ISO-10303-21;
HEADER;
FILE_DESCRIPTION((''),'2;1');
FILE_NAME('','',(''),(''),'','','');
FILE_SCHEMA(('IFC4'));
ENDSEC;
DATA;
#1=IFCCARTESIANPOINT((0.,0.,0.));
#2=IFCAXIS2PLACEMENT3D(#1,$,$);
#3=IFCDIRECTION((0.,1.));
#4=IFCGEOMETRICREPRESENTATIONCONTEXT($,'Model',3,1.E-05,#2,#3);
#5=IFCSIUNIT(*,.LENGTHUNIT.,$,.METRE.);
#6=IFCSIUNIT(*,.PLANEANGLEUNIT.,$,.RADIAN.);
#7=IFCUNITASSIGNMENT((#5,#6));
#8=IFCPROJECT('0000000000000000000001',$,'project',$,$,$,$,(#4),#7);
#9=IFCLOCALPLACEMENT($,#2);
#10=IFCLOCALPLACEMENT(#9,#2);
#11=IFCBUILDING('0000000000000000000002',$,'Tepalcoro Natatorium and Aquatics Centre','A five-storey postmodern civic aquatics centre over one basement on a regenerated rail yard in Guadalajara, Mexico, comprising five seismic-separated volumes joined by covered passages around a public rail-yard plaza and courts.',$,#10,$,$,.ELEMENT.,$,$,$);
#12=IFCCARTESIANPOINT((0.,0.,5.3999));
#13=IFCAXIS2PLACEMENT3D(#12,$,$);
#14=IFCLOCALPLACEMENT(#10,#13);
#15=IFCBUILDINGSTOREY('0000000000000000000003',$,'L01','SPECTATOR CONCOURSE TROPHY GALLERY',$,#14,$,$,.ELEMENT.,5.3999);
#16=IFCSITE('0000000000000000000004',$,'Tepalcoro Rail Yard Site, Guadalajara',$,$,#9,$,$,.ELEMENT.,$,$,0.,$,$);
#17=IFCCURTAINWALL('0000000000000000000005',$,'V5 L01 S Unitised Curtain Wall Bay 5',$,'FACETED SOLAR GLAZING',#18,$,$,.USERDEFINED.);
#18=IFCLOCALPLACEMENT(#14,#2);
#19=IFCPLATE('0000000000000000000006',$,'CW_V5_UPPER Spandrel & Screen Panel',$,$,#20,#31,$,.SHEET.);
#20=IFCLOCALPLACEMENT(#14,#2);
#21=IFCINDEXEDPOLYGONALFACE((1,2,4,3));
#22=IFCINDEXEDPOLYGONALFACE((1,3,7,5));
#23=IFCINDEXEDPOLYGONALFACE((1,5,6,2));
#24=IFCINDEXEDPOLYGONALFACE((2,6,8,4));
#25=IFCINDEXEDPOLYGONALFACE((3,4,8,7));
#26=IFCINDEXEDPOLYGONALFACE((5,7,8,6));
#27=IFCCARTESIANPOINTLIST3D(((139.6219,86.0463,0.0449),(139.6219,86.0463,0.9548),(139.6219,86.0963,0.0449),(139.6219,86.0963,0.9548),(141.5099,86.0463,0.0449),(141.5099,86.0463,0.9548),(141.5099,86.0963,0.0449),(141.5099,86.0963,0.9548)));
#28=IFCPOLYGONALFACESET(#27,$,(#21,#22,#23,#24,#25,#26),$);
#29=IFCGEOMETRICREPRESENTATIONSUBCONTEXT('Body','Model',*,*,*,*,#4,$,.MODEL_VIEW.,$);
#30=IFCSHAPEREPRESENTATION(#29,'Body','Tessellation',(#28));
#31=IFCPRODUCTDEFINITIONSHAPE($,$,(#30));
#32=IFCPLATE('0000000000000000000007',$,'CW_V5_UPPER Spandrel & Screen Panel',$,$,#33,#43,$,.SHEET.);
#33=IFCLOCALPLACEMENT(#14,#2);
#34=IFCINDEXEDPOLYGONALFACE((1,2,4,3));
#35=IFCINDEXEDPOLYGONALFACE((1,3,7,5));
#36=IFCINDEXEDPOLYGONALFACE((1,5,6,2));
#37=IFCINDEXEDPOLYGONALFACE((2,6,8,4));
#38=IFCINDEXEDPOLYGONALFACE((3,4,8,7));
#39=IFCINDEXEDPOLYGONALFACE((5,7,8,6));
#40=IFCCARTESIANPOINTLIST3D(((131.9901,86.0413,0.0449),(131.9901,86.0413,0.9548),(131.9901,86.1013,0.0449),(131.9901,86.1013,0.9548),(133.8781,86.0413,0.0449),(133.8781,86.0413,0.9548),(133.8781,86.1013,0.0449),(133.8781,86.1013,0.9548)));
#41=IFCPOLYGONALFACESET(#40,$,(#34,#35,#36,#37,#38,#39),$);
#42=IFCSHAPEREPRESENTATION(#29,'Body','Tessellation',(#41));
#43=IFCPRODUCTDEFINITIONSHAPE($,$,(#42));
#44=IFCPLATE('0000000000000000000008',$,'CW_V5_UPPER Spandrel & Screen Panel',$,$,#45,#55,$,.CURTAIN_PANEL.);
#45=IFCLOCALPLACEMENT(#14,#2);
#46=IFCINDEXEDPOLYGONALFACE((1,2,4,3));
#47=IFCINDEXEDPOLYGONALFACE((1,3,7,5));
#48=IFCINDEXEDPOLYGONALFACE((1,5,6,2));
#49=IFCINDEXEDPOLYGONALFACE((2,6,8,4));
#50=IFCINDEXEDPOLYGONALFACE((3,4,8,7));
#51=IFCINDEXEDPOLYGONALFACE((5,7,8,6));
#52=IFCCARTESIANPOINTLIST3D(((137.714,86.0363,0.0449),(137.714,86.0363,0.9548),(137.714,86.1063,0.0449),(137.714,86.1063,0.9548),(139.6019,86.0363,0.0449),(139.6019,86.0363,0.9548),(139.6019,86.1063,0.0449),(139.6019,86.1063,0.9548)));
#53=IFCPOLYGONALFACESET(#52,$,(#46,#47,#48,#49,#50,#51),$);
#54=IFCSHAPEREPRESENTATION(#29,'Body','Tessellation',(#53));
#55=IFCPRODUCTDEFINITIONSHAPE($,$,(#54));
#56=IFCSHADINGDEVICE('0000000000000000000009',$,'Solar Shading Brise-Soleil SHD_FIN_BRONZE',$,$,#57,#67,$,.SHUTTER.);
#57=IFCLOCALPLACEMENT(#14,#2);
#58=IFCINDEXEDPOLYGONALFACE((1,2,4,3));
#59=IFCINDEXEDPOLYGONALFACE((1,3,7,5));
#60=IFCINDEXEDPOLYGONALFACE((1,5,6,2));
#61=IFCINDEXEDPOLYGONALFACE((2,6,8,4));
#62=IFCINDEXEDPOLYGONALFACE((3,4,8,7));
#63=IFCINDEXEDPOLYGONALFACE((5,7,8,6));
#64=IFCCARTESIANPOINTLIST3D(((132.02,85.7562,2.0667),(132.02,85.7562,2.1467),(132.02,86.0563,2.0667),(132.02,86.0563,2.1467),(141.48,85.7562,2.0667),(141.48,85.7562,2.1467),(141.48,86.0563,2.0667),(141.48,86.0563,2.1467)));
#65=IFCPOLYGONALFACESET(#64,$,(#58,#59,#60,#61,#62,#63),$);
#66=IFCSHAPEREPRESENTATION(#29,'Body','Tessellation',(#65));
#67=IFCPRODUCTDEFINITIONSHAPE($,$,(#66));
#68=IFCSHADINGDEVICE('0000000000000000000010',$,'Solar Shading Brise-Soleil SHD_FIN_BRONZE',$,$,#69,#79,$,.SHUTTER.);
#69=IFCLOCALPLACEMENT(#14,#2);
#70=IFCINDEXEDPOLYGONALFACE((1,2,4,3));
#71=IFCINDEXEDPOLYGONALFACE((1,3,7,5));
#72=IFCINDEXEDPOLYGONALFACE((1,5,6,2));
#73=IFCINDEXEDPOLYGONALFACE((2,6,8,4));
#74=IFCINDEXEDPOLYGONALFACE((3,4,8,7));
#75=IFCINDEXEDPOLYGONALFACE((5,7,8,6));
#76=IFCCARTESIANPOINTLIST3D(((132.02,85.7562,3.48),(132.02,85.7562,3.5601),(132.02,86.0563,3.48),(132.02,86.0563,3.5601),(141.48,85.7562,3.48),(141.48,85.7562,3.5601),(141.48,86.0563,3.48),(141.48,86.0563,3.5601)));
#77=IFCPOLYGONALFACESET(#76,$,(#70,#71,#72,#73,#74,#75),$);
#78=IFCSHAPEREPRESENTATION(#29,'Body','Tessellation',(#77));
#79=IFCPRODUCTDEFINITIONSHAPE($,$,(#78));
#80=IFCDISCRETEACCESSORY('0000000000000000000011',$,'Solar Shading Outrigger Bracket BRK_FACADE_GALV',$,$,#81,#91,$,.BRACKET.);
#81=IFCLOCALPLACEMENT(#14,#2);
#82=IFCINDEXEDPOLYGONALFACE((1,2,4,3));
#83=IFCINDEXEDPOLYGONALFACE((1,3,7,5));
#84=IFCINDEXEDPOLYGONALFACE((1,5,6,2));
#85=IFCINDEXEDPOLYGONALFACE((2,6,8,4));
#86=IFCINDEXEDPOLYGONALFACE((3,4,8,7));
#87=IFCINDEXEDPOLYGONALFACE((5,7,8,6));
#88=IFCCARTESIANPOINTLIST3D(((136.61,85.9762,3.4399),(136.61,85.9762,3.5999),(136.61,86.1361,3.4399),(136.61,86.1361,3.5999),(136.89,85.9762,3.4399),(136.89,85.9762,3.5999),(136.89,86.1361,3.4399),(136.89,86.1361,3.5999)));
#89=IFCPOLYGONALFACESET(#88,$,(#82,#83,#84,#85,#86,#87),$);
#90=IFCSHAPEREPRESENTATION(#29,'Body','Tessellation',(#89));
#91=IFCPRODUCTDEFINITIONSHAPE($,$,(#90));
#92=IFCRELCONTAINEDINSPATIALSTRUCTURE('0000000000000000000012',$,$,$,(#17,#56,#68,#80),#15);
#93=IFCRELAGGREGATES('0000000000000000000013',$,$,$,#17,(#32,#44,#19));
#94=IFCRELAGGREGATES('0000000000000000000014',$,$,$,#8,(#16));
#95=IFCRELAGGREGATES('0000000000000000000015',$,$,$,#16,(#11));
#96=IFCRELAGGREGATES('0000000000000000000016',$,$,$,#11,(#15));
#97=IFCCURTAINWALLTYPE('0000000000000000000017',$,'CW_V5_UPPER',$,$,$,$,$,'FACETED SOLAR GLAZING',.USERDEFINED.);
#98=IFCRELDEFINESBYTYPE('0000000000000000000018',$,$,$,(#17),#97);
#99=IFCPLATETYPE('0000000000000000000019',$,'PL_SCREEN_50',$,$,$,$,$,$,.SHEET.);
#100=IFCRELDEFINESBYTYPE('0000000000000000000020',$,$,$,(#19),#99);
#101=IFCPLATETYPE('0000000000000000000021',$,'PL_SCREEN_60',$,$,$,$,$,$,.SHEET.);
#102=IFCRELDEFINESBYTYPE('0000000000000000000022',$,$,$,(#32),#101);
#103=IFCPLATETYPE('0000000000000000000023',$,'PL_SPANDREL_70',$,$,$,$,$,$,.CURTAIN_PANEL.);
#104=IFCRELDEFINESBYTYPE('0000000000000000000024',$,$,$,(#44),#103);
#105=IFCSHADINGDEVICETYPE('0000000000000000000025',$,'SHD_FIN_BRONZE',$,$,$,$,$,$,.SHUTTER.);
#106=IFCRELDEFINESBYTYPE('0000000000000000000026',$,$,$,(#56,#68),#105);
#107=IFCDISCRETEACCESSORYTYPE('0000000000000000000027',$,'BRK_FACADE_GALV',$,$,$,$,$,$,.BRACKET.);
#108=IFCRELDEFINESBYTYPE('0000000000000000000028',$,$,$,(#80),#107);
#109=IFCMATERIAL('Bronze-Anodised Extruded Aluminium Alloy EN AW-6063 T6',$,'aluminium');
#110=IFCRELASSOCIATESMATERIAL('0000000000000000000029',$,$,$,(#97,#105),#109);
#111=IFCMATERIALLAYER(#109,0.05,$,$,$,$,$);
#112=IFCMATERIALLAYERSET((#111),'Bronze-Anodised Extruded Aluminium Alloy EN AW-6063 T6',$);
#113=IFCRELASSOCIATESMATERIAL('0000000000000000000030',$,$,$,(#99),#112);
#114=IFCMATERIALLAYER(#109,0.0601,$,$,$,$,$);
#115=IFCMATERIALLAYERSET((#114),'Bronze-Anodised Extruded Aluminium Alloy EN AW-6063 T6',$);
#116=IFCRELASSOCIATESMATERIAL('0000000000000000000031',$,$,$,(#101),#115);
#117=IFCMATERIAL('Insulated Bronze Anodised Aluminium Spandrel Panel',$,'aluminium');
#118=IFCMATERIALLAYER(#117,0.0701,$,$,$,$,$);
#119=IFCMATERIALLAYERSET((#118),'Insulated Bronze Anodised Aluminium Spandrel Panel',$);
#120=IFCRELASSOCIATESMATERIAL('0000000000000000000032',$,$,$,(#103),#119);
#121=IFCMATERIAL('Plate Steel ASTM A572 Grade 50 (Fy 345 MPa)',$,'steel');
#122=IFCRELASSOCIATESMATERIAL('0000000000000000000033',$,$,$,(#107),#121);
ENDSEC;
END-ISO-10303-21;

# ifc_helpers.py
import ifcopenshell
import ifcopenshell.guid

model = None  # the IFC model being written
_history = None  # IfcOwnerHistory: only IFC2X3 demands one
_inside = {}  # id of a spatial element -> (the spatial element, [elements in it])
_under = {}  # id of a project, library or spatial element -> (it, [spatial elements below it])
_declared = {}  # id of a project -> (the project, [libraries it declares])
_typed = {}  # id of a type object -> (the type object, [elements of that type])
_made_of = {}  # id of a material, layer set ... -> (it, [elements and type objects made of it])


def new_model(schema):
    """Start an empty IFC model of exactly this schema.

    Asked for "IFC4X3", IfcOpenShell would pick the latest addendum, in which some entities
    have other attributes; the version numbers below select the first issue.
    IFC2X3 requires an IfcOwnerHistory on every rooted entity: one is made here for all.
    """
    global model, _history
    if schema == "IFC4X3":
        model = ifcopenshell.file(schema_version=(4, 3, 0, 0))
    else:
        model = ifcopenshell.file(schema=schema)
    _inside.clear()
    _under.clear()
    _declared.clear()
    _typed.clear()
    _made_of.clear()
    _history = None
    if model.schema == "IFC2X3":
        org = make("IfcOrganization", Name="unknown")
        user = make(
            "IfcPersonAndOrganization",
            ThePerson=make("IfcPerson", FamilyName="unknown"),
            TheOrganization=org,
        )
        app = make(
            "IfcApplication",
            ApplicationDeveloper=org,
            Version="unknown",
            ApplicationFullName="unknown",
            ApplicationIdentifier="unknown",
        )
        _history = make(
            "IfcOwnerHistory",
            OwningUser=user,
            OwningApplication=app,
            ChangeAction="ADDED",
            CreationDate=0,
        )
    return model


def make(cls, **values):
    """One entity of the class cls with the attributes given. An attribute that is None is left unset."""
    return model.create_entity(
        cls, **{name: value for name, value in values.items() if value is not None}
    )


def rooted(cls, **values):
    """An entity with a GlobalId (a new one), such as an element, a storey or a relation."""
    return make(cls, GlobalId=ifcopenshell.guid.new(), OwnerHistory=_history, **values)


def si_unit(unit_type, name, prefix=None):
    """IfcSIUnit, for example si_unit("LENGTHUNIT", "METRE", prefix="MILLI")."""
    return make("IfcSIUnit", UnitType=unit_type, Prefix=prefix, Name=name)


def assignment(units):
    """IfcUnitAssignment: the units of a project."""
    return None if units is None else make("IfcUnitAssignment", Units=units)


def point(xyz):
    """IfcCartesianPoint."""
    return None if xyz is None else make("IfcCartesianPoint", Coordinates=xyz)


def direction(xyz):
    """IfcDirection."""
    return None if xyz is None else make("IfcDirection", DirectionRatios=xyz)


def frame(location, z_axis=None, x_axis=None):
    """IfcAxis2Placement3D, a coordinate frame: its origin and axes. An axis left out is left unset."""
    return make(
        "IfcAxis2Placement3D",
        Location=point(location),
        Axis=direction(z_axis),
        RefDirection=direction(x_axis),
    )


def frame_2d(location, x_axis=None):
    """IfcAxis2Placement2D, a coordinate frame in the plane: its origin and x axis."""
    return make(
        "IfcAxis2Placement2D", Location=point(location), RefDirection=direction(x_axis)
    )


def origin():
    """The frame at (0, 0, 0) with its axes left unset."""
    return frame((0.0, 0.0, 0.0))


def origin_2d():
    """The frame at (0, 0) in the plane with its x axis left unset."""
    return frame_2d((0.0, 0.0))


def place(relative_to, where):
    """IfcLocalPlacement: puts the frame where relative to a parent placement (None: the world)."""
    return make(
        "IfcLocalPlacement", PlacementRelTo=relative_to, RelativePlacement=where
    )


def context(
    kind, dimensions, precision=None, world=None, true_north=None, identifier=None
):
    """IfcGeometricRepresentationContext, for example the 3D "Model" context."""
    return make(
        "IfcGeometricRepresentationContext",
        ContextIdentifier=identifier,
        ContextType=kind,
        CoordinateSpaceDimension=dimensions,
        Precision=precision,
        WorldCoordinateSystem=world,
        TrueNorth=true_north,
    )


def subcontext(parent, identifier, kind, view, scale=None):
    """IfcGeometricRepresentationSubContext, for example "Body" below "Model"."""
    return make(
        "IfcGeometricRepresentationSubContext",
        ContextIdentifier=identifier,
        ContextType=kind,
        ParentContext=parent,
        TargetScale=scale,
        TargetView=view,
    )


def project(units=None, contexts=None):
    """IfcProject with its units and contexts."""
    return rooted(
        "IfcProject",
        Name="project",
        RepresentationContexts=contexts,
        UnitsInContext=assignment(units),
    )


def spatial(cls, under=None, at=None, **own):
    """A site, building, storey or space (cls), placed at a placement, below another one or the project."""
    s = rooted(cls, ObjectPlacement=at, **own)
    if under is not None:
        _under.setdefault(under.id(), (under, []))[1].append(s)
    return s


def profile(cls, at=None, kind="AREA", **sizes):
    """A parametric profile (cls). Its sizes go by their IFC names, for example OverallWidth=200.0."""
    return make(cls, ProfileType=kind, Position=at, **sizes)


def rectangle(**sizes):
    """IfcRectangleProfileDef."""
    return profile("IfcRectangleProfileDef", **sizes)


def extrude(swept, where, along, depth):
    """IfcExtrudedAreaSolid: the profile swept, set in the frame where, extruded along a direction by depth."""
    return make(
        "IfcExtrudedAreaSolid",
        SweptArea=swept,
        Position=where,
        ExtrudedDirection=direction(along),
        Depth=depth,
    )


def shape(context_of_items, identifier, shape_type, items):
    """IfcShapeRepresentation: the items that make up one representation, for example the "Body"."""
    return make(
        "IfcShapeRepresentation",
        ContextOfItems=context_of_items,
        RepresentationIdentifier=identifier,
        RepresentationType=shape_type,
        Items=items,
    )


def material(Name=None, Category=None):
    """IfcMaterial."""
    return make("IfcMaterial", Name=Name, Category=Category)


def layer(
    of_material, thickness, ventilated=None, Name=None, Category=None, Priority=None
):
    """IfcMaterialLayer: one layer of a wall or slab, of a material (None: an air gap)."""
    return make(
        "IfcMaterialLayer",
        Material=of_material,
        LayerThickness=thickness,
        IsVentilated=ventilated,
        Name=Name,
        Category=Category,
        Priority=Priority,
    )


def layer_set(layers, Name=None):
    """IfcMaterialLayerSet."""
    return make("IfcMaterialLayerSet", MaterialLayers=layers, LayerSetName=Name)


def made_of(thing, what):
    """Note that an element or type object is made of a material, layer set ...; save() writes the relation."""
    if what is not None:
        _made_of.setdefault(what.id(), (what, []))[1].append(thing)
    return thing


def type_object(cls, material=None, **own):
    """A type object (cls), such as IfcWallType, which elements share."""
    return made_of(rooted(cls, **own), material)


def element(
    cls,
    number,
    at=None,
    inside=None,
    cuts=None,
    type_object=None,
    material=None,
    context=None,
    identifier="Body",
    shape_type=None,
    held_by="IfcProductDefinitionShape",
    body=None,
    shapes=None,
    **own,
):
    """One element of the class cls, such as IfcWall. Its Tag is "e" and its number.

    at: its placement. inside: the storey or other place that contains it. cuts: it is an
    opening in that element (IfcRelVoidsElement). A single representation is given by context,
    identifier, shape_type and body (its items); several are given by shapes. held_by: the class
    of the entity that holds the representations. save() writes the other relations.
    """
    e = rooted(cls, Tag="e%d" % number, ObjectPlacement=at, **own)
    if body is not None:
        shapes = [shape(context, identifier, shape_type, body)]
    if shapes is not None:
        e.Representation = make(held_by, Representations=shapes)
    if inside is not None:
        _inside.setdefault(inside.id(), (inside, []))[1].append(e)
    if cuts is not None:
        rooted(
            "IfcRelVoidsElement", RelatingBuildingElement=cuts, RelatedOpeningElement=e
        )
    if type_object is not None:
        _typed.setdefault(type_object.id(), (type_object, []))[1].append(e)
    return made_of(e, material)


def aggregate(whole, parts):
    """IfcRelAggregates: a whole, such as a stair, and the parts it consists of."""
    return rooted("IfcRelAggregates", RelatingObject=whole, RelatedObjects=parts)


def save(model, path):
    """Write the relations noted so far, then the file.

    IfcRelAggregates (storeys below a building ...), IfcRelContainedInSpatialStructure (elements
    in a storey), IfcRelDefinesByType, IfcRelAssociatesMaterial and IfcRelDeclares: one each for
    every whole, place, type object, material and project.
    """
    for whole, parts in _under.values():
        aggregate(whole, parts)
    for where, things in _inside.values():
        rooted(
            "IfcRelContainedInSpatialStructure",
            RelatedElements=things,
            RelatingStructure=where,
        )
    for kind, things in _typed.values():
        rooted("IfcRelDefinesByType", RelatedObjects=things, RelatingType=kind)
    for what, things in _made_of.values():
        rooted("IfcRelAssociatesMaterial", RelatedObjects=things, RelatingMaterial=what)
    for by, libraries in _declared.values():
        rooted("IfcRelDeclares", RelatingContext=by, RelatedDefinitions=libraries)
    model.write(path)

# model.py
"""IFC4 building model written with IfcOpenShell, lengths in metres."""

from ifc_helpers import new_model, si_unit, direction, frame, origin, origin_2d, place, context, subcontext, project, spatial, rectangle, extrude, material, layer, layer_set, type_object, element, aggregate, save


model = new_model("IFC4")

# Units and contexts
model_context = context("Model", 3, precision=1e-05, world=origin(), true_north=direction((0.0, 1.0)))
body_context = subcontext(model_context, "Body", "Model", "MODEL_VIEW")
ifc_project = project(units=[si_unit("LENGTHUNIT", "METRE"), si_unit("PLANEANGLEUNIT", "RADIAN")], contexts=[model_context])

# Site, building, storey
site_placement = place(None, origin())
site = spatial("IfcSite", under=ifc_project, at=site_placement, Name="Tepalcoro Rail Yard Site, Guadalajara", CompositionType="ELEMENT", RefElevation=0.0)
building_placement = place(site_placement, origin())
building = spatial("IfcBuilding", under=site, at=building_placement, Name="Tepalcoro Natatorium and Aquatics Centre", Description="A five-storey postmodern civic aquatics centre over one basement on a regenerated rail yard in Guadalajara, Mexico, comprising five seismic-separated volumes joined by covered passages around a public rail-yard plaza and courts.", CompositionType="ELEMENT")
storey_placement = place(building_placement, frame((0.0, 0.0, 5.3999)))
storey = spatial("IfcBuildingStorey", under=building, at=storey_placement, Name="L01", Description="SPECTATOR CONCOURSE TROPHY GALLERY", CompositionType="ELEMENT", Elevation=5.3999)

# Shared definitions
ifc_material_1 = material(Name="Bronze-Anodised Extruded Aluminium Alloy EN AW-6063 T6", Category="aluminium")

# Curtain wall
curtain_wall_type_1 = type_object("IfcCurtainWallType", Name="CW_V5_UPPER", ElementType="FACETED SOLAR GLAZING", PredefinedType="USERDEFINED", material=ifc_material_1)
curtain_wall_1_placement = place(storey_placement, origin())
curtain_wall_1 = element("IfcCurtainWall", 1, at=curtain_wall_1_placement, inside=storey, type_object=curtain_wall_type_1, Name="V5 L01 S Unitised Curtain Wall Bay 5", ObjectType="FACETED SOLAR GLAZING", PredefinedType="USERDEFINED")

# Plates
ifc_layer_1 = layer(ifc_material_1, 0.05)
ifc_layer_set_1 = layer_set([ifc_layer_1], Name="Bronze-Anodised Extruded Aluminium Alloy EN AW-6063 T6")
plate_type_1 = type_object("IfcPlateType", Name="PL_SCREEN_50", PredefinedType="SHEET", material=ifc_layer_set_1)
plate_1_placement = place(storey_placement, frame((140.5659, 86.0713, 0.0449), z_axis=(0.0, 0.0, 1.0), x_axis=(1.0, 0.0, 0.0)))
plate_1 = element("IfcPlate", 2, at=plate_1_placement, type_object=plate_type_1, Name="CW_V5_UPPER Spandrel & Screen Panel", PredefinedType="SHEET", context=body_context, shape_type="SweptSolid", body=[
    extrude(rectangle(XDim=1.8879, YDim=0.05, at=origin_2d()), origin(), (0.0, 0.0, 1.0), 0.9099),
])
ifc_layer_2 = layer(ifc_material_1, 0.0601)
ifc_layer_set_2 = layer_set([ifc_layer_2], Name="Bronze-Anodised Extruded Aluminium Alloy EN AW-6063 T6")
plate_type_2 = type_object("IfcPlateType", Name="PL_SCREEN_60", PredefinedType="SHEET", material=ifc_layer_set_2)
plate_2_placement = place(storey_placement, frame((132.9341, 86.0713, 0.0449), z_axis=(0.0, 0.0, 1.0), x_axis=(1.0, 0.0, 0.0)))
plate_2 = element("IfcPlate", 3, at=plate_2_placement, type_object=plate_type_2, Name="CW_V5_UPPER Spandrel & Screen Panel", PredefinedType="SHEET", context=body_context, shape_type="SweptSolid", body=[
    extrude(rectangle(XDim=1.8879, YDim=0.0601, at=origin_2d()), origin(), (0.0, 0.0, 1.0), 0.9099),
])
ifc_material_2 = material(Name="Insulated Bronze Anodised Aluminium Spandrel Panel", Category="aluminium")
ifc_layer_3 = layer(ifc_material_2, 0.0701)
ifc_layer_set_3 = layer_set([ifc_layer_3], Name="Insulated Bronze Anodised Aluminium Spandrel Panel")
plate_type_3 = type_object("IfcPlateType", Name="PL_SPANDREL_70", PredefinedType="CURTAIN_PANEL", material=ifc_layer_set_3)
plate_3_placement = place(storey_placement, frame((138.658, 86.0713, 0.0449), z_axis=(0.0, 0.0, 1.0), x_axis=(1.0, 0.0, 0.0)))
plate_3 = element("IfcPlate", 4, at=plate_3_placement, type_object=plate_type_3, Name="CW_V5_UPPER Spandrel & Screen Panel", PredefinedType="CURTAIN_PANEL", context=body_context, shape_type="SweptSolid", body=[
    extrude(rectangle(XDim=1.8879, YDim=0.0701, at=origin_2d()), origin(), (0.0, 0.0, 1.0), 0.9099),
])
aggregate(curtain_wall_1, [plate_2, plate_3, plate_1])

# Shading devices
shading_device_type = type_object("IfcShadingDeviceType", Name="SHD_FIN_BRONZE", PredefinedType="SHUTTER", material=ifc_material_1)
for number, where, z_axis, x_axis, name in (
    (5, (136.75, 85.9062, 2.0667), (0.0, 0.0, 1.0), (1.0, 0.0, 0.0), "Solar Shading Brise-Soleil SHD_FIN_BRONZE"),
    (6, (136.75, 85.9062, 3.48), (0.0, 0.0, 1.0), (1.0, 0.0, 0.0), "Solar Shading Brise-Soleil SHD_FIN_BRONZE"),
):
    element("IfcShadingDevice", number, at=place(storey_placement, frame(where, z_axis=z_axis, x_axis=x_axis)), inside=storey, type_object=shading_device_type, Name=name, PredefinedType="SHUTTER", context=body_context, shape_type="SweptSolid", body=[
        extrude(rectangle(XDim=9.46, YDim=0.3, at=origin_2d()), origin(), (0.0, 0.0, 1.0), 0.0801),
    ])

# Discrete accessory
ifc_material_3 = material(Name="Plate Steel ASTM A572 Grade 50 (Fy 345 MPa)", Category="steel")
discrete_accessory_type = type_object("IfcDiscreteAccessoryType", Name="BRK_FACADE_GALV", PredefinedType="BRACKET", material=ifc_material_3)
discrete_accessory_placement = place(storey_placement, frame((136.75, 86.0562, 3.4399), z_axis=(0.0, 0.0, 1.0), x_axis=(1.0, 0.0, 0.0)))
element("IfcDiscreteAccessory", 7, at=discrete_accessory_placement, inside=storey, type_object=discrete_accessory_type, Name="Solar Shading Outrigger Bracket BRK_FACADE_GALV", PredefinedType="BRACKET", context=body_context, shape_type="SweptSolid", body=[
    extrude(rectangle(XDim=0.28, YDim=0.1599, at=origin_2d()), origin(), (0.0, 0.0, 1.0), 0.1599),
])

save(model, "model.ifc")
